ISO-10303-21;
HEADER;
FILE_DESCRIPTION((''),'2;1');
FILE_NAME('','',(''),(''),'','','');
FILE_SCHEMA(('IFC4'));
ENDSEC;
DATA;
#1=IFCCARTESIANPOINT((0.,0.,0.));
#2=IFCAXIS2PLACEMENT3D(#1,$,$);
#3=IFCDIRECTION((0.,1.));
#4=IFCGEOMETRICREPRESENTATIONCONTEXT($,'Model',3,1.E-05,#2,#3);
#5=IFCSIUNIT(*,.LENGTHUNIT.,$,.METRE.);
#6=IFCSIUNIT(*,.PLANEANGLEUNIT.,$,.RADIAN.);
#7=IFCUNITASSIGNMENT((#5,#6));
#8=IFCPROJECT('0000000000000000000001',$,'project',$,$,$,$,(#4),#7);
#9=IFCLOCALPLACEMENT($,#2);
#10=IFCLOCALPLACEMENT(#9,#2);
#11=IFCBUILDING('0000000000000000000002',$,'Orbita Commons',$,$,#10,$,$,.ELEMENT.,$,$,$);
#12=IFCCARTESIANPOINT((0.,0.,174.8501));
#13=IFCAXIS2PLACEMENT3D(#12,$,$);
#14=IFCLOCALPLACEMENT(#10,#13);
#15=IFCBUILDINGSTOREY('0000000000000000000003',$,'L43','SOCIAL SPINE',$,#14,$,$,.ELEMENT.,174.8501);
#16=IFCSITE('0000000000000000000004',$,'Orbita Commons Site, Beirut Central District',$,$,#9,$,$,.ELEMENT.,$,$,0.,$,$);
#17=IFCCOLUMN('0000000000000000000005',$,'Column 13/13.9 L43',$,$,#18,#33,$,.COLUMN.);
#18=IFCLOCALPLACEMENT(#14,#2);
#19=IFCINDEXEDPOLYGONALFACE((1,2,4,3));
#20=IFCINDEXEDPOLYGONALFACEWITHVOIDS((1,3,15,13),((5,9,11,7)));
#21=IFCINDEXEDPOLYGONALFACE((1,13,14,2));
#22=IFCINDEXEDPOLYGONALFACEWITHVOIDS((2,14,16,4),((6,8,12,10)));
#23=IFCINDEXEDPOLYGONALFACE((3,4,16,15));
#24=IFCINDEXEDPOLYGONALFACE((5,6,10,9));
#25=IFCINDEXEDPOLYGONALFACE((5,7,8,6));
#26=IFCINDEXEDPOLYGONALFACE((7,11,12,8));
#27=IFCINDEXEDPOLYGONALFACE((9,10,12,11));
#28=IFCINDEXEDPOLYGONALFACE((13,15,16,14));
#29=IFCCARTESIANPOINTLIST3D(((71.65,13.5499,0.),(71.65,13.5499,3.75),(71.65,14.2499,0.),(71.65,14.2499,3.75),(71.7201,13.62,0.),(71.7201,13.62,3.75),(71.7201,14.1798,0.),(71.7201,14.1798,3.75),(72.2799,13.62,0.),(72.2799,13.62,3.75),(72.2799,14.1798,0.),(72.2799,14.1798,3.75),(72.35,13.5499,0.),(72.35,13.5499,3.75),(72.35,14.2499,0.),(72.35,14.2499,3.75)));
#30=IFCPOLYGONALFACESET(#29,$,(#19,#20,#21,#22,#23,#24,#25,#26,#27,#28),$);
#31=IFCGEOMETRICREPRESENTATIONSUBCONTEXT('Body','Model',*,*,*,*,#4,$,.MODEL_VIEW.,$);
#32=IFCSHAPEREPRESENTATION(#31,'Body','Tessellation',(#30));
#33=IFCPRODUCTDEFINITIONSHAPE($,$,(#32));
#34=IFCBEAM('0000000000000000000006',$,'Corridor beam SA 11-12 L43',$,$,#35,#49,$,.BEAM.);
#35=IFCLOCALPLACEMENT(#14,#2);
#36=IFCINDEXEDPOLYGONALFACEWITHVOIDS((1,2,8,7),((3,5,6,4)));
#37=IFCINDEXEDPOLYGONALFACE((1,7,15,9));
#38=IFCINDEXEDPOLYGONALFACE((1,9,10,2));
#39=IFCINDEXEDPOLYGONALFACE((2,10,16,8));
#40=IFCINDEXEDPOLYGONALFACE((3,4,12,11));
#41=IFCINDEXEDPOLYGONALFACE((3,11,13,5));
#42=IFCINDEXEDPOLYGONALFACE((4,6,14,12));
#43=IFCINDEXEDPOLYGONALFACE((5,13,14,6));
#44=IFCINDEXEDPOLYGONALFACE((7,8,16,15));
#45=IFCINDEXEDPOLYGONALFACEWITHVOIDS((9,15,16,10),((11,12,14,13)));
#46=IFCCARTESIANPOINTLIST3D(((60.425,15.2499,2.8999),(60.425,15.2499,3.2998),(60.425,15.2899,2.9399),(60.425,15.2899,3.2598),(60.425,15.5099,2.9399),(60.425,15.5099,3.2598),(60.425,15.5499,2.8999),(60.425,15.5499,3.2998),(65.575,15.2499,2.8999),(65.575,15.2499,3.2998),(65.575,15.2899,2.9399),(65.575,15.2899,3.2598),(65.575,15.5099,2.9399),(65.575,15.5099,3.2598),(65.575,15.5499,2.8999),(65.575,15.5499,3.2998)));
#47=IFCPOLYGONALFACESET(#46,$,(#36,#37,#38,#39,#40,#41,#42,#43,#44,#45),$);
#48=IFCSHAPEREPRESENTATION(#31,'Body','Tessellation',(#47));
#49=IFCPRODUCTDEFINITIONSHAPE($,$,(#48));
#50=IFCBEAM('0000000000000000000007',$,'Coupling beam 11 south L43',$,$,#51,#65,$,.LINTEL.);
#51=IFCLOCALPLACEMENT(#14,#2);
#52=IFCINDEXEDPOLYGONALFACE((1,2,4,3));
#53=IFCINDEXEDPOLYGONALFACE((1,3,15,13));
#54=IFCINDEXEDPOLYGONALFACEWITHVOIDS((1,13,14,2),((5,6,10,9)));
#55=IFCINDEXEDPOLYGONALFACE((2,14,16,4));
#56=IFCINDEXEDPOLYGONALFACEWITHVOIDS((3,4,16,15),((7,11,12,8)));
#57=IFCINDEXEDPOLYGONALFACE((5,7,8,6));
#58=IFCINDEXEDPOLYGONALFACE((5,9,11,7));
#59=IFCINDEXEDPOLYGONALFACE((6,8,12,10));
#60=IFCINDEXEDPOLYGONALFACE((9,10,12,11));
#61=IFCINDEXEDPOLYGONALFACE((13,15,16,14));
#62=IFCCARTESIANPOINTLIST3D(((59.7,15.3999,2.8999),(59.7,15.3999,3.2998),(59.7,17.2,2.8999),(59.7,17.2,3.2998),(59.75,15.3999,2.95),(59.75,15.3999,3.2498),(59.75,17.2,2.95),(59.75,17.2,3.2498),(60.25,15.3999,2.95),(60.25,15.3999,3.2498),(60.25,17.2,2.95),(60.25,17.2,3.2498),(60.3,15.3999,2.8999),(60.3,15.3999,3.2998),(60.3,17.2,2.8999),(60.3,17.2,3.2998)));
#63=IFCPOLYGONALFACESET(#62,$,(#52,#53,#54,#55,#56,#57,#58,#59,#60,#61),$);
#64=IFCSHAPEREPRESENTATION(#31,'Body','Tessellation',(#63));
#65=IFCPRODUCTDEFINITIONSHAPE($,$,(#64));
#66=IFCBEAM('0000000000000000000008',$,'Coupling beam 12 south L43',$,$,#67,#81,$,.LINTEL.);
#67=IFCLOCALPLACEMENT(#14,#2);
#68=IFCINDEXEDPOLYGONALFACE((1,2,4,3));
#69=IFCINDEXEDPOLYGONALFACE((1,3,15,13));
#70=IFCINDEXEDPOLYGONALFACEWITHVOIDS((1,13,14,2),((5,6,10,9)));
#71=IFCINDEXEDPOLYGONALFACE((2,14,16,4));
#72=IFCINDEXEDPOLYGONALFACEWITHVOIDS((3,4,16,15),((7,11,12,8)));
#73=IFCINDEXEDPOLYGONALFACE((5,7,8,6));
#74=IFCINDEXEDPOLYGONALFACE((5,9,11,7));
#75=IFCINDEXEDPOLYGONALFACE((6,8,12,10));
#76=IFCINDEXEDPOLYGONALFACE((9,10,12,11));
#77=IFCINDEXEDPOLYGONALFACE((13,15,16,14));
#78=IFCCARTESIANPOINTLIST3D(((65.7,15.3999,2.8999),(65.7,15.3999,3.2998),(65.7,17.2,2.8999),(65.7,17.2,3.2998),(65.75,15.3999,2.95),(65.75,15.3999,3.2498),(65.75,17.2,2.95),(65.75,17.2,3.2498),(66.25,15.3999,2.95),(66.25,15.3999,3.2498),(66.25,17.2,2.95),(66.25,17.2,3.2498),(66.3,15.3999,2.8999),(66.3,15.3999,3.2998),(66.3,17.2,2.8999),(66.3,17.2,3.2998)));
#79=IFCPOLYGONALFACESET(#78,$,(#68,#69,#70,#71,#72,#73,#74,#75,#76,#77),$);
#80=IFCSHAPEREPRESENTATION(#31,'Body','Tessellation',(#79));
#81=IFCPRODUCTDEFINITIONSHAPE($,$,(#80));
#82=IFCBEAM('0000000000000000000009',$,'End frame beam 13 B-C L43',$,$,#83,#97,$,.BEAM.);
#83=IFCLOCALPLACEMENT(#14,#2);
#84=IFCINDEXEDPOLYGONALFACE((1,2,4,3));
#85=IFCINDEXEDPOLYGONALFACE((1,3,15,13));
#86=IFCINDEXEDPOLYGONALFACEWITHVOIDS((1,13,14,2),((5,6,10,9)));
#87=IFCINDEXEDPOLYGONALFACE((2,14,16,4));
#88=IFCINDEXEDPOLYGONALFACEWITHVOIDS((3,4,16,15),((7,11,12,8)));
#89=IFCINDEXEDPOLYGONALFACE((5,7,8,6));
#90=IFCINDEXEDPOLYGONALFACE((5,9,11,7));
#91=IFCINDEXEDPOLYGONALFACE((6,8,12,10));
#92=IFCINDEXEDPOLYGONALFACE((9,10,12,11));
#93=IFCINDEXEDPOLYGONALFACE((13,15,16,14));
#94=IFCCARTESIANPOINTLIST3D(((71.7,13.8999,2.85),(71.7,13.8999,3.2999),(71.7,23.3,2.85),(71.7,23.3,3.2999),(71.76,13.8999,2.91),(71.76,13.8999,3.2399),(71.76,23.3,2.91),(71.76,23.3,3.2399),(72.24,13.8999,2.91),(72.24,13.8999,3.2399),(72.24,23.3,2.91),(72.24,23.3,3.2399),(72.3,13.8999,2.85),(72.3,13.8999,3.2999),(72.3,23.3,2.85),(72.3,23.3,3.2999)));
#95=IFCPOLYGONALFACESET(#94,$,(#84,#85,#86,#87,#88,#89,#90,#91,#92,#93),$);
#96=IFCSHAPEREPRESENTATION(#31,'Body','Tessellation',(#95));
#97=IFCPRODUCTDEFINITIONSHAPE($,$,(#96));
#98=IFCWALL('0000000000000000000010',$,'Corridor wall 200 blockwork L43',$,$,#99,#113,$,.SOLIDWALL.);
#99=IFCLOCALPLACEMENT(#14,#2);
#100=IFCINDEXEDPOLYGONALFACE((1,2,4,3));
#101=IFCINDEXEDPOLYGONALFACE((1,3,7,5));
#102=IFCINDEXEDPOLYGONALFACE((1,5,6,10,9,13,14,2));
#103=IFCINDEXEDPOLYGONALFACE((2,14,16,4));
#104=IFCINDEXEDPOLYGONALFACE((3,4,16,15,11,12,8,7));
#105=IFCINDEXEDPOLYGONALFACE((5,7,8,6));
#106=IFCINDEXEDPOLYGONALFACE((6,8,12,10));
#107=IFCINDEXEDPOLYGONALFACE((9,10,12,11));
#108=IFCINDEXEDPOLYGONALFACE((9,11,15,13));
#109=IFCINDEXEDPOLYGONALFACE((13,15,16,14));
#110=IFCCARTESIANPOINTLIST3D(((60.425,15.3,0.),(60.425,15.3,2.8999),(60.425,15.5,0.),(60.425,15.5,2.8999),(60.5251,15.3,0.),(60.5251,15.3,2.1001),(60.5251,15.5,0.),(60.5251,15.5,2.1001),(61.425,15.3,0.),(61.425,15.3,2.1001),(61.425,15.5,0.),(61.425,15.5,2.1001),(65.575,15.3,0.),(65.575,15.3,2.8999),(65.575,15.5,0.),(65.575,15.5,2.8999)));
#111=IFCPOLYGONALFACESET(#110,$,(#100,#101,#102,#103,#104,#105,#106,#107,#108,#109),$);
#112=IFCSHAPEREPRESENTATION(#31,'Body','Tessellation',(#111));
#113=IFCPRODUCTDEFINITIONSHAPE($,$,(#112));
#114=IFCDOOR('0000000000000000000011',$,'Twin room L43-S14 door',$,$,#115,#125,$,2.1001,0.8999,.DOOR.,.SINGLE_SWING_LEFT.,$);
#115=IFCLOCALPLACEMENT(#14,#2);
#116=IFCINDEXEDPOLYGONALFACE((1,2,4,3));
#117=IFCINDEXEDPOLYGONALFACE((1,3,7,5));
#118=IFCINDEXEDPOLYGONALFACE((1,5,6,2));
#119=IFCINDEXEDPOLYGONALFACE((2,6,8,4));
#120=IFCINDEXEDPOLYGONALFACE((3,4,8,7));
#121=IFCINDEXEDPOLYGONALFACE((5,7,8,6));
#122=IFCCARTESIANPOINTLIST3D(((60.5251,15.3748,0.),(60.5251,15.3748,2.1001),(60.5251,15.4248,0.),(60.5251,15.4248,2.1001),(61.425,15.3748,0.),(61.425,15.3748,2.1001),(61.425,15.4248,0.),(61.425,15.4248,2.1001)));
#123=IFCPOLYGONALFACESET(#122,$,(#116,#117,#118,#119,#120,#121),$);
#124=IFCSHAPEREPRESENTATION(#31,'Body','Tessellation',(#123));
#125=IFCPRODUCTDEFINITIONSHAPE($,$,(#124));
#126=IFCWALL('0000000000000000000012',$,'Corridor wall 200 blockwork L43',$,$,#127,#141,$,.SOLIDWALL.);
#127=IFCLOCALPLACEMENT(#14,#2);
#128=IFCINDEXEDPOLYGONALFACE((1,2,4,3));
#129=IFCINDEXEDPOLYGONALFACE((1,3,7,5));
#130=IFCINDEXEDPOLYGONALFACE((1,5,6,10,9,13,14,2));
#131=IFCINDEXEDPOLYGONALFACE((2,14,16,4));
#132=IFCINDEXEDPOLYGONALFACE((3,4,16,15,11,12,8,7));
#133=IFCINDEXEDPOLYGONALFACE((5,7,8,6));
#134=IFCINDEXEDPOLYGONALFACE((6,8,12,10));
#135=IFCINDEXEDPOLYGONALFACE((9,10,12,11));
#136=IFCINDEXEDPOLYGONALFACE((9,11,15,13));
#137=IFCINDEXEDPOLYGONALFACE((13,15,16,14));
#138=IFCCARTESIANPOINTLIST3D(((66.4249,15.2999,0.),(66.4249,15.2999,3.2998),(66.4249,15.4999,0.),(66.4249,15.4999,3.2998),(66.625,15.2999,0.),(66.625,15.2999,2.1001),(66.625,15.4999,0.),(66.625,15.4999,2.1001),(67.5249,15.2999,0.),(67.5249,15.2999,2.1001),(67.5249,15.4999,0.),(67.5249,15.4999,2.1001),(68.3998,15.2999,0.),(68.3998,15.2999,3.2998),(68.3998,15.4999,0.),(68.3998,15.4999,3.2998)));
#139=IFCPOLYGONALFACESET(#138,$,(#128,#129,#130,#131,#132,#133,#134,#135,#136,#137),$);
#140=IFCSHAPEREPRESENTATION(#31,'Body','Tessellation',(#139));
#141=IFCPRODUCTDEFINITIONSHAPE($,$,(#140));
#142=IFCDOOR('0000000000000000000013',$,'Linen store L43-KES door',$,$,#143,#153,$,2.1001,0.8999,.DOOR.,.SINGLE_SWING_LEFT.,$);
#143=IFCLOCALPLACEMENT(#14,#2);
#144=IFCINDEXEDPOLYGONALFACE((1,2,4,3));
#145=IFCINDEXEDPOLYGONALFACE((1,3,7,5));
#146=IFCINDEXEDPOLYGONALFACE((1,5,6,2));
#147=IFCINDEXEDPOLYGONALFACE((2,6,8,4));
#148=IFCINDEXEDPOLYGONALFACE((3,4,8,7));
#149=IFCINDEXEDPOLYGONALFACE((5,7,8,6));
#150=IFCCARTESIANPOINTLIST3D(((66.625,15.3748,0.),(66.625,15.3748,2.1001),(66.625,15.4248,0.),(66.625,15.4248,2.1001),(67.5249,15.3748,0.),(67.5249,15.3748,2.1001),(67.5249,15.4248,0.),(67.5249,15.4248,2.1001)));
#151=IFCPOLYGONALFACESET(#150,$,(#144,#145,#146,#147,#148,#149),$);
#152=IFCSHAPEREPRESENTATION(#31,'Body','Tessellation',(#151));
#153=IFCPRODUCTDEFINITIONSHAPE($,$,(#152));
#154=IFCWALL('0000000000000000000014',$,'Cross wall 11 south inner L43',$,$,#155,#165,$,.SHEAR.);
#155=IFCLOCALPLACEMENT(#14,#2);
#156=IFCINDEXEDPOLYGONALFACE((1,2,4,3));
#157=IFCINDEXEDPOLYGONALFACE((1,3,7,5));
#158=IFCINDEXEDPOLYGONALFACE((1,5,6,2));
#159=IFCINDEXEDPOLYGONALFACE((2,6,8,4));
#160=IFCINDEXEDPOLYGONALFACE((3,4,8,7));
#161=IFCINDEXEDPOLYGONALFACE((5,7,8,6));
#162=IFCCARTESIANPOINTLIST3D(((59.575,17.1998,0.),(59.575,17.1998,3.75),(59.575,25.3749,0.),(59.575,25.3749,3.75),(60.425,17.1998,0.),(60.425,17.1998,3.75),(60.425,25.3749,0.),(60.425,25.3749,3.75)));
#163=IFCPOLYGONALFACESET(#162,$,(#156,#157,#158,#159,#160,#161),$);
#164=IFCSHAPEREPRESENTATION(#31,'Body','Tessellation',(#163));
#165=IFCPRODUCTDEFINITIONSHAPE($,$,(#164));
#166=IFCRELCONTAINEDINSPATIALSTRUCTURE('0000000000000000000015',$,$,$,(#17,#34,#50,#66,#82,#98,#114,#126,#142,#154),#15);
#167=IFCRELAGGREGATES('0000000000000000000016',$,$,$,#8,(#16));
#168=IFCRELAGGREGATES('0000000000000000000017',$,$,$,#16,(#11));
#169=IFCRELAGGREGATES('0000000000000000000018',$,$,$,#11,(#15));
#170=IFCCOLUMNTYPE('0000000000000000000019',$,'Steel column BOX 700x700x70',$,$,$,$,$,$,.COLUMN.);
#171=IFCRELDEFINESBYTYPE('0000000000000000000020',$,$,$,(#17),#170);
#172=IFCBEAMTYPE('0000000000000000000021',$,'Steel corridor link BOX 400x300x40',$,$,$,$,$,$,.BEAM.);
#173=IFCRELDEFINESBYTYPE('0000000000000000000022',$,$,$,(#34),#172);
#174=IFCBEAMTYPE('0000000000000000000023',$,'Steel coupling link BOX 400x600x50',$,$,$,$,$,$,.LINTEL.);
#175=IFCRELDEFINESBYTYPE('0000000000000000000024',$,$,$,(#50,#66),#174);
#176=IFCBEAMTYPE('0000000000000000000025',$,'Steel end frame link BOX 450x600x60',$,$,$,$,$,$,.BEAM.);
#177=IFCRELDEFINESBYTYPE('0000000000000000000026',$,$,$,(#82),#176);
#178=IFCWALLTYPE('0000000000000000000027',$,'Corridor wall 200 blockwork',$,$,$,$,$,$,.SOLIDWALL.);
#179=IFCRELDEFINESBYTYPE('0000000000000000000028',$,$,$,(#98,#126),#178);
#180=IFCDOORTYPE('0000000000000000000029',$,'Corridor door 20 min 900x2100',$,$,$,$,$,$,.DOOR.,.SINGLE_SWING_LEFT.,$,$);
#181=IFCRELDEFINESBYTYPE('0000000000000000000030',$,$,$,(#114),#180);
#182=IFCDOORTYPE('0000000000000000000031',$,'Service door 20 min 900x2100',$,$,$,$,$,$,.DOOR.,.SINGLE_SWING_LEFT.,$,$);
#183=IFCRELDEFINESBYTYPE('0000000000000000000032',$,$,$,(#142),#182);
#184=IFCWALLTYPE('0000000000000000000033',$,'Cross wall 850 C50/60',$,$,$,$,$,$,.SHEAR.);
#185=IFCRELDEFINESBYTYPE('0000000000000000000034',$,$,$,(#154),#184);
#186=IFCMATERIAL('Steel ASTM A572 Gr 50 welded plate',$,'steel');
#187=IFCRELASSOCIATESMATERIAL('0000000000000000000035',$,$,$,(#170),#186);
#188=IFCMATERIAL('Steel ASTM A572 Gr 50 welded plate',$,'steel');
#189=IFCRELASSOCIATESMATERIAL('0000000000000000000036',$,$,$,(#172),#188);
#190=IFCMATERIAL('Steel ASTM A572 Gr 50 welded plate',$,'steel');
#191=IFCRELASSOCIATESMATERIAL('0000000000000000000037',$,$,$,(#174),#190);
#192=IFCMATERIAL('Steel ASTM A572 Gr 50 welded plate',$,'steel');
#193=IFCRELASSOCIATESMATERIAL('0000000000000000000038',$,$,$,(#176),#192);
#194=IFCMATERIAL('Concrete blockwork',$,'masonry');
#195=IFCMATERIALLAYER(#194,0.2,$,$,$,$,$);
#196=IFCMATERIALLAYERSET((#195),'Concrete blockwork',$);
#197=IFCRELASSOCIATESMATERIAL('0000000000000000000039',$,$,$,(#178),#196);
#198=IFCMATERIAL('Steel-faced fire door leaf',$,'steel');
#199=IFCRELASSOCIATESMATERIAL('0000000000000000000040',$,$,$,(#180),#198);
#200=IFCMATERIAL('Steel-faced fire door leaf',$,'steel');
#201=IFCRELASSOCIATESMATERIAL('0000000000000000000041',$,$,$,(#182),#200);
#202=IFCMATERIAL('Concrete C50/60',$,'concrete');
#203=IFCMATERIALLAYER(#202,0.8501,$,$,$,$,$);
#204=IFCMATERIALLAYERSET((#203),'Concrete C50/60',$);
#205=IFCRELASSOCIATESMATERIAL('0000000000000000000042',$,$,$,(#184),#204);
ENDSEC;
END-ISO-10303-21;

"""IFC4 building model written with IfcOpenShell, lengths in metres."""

from ifc_helpers import new_model, si_unit, direction, frame, frame_2d, origin, origin_2d, place, context, subcontext, project, spatial, polyline, rectangle, hollow_rectangle, outline, extrude, material, layer, layer_set, material_profile, profile_set, type_object, element, fill, save


model = new_model("IFC4")

# Units and contexts
model_context = context("Model", 3, precision=1e-05, world=origin(), true_north=direction((0.0, 1.0)))
body_context = subcontext(model_context, "Body", "Model", "MODEL_VIEW")
ifc_project = project(units=[si_unit("LENGTHUNIT", "METRE"), si_unit("PLANEANGLEUNIT", "RADIAN")], contexts=[model_context])

# Site, building, storey
site_placement = place(None, origin())
site = spatial("IfcSite", under=ifc_project, at=site_placement, Name="Orbita Commons Site, Beirut Central District", CompositionType="ELEMENT", RefElevation=0.0)
building_placement = place(site_placement, origin())
building = spatial("IfcBuilding", under=site, at=building_placement, Name="Orbita Commons", CompositionType="ELEMENT")
storey_placement = place(building_placement, frame((0.0, 0.0, 174.8501)))
storey = spatial("IfcBuildingStorey", under=building, at=storey_placement, Name="L43", Description="SOCIAL SPINE", CompositionType="ELEMENT", Elevation=174.8501)

# Column
ifc_material_1 = material(Name="Steel ASTM A572 Gr 50 welded plate", Category="steel")
ifc_material_profile_1 = material_profile(ifc_material_1, hollow_rectangle(XDim=0.7, YDim=0.7, WallThickness=0.0701, at=origin_2d()), Name="BOX 700x700x70")
ifc_profile_set_1 = profile_set([ifc_material_profile_1], Name="Steel ASTM A572 Gr 50 welded plate")
column_type = type_object("IfcColumnType", Name="Steel column BOX 700x700x70", PredefinedType="COLUMN", material=ifc_profile_set_1)
column_placement = place(storey_placement, frame((72.0, 13.8999, 0.0), z_axis=(0.0, 0.0, 1.0), x_axis=(1.0, 0.0, 0.0)))
element("IfcColumn", 1, at=column_placement, inside=storey, type_object=column_type, Name="Column 13/13.9 L43", PredefinedType="COLUMN", context=body_context, shape_type="SweptSolid", body=[
    extrude(hollow_rectangle(XDim=0.7, YDim=0.7, WallThickness=0.0701, at=origin_2d()), origin(), (0.0, 0.0, 1.0), 3.75),
])

# Beams
ifc_material_2 = material(Name="Steel ASTM A572 Gr 50 welded plate", Category="steel")
ifc_material_profile_2 = material_profile(ifc_material_2, hollow_rectangle(XDim=0.3, YDim=0.3999, WallThickness=0.04, at=origin_2d()), Name="BOX 400x300x40")
ifc_profile_set_2 = profile_set([ifc_material_profile_2], Name="Steel ASTM A572 Gr 50 welded plate")
beam_type_1 = type_object("IfcBeamType", Name="Steel corridor link BOX 400x300x40", PredefinedType="BEAM", material=ifc_profile_set_2)
beam_1_placement = place(storey_placement, frame((60.425, 15.3999, 3.0999), z_axis=(1.0, 0.0, 0.0), x_axis=(0.0, 1.0, 0.0)))
element("IfcBeam", 2, at=beam_1_placement, inside=storey, type_object=beam_type_1, Name="Corridor beam SA 11-12 L43", PredefinedType="BEAM", context=body_context, shape_type="SweptSolid", body=[
    extrude(hollow_rectangle(XDim=0.3, YDim=0.3999, WallThickness=0.04, at=origin_2d()), origin(), (0.0, 0.0, 1.0), 5.1499),
])
ifc_material_3 = material(Name="Steel ASTM A572 Gr 50 welded plate", Category="steel")
ifc_material_profile_3 = material_profile(ifc_material_3, hollow_rectangle(XDim=0.6001, YDim=0.3999, WallThickness=0.05, at=origin_2d()), Name="BOX 400x600x50")
ifc_profile_set_3 = profile_set([ifc_material_profile_3], Name="Steel ASTM A572 Gr 50 welded plate")
beam_type_2 = type_object("IfcBeamType", Name="Steel coupling link BOX 400x600x50", PredefinedType="LINTEL", material=ifc_profile_set_3)
for number, where, z_axis, x_axis, name in (
    (3, (60.0, 15.3999, 3.0999), (0.0, 1.0, 0.0), (-1.0, 0.0, 0.0), "Coupling beam 11 south L43"),
    (4, (66.0, 15.3999, 3.0999), (0.0, 1.0, 0.0), (-1.0, 0.0, 0.0), "Coupling beam 12 south L43"),
):
    element("IfcBeam", number, at=place(storey_placement, frame(where, z_axis=z_axis, x_axis=x_axis)), inside=storey, type_object=beam_type_2, Name=name, PredefinedType="LINTEL", context=body_context, shape_type="SweptSolid", body=[
        extrude(hollow_rectangle(XDim=0.6001, YDim=0.3999, WallThickness=0.05, at=origin_2d()), origin(), (0.0, 0.0, 1.0), 1.8),
    ])
ifc_material_4 = material(Name="Steel ASTM A572 Gr 50 welded plate", Category="steel")
ifc_material_profile_4 = material_profile(ifc_material_4, hollow_rectangle(XDim=0.6001, YDim=0.45, WallThickness=0.0601, at=origin_2d()), Name="BOX 450x600x60")
ifc_profile_set_4 = profile_set([ifc_material_profile_4], Name="Steel ASTM A572 Gr 50 welded plate")
beam_type_3 = type_object("IfcBeamType", Name="Steel end frame link BOX 450x600x60", PredefinedType="BEAM", material=ifc_profile_set_4)
beam_2_placement = place(storey_placement, frame((72.0, 13.8999, 3.075), z_axis=(0.0, 1.0, 0.0), x_axis=(-1.0, 0.0, 0.0)))
element("IfcBeam", 5, at=beam_2_placement, inside=storey, type_object=beam_type_3, Name="End frame beam 13 B-C L43", PredefinedType="BEAM", context=body_context, shape_type="SweptSolid", body=[
    extrude(hollow_rectangle(XDim=0.6001, YDim=0.45, WallThickness=0.0601, at=origin_2d()), origin(), (0.0, 0.0, 1.0), 9.4001),
])

# Walls, openings, doors
ifc_material_5 = material(Name="Concrete blockwork", Category="masonry")
ifc_layer_1 = layer(ifc_material_5, 0.2)
ifc_layer_set_1 = layer_set([ifc_layer_1], Name="Concrete blockwork")
wall_type_1 = type_object("IfcWallType", Name="Corridor wall 200 blockwork", PredefinedType="SOLIDWALL", material=ifc_layer_set_1)
wall_1_placement = place(storey_placement, frame((60.425, 15.3999, 0.0), z_axis=(0.0, 0.0, 1.0), x_axis=(1.0, 0.0, 0.0)))
wall_1 = element("IfcWall", 6, at=wall_1_placement, inside=storey, type_object=wall_type_1, Name="Corridor wall 200 blockwork L43", PredefinedType="SOLIDWALL", context=body_context, shape_type="SweptSolid", body=[
    extrude(outline(polyline([(0.0, 0.0), (5.1499, 0.0), (5.1499, 2.8999), (0.0, 2.8999), (0.0, 0.0)])), frame((0.0, 0.1001, 0.0), z_axis=(0.0, -1.0, 0.0), x_axis=(1.0, 0.0, 0.0)), (0.0, 0.0, 1.0), 0.2),
])
opening_1_placement = place(wall_1_placement, frame((0.1001, 0.0, 0.0)))
opening_1 = element("IfcOpeningElement", 7, at=opening_1_placement, cuts=wall_1, PredefinedType="OPENING", context=body_context, shape_type="SweptSolid", body=[
    extrude(rectangle(XDim=0.8999, YDim=2.1001, at=frame_2d((0.45, 1.05))), frame((0.0, 0.1099, 0.0), z_axis=(0.0, -1.0, 0.0), x_axis=(1.0, 0.0, 0.0)), (0.0, 0.0, 1.0), 0.22),
])
ifc_material_6 = material(Name="Steel-faced fire door leaf", Category="steel")
door_type_1 = type_object("IfcDoorType", Name="Corridor door 20 min 900x2100", OperationType="SINGLE_SWING_LEFT", PredefinedType="DOOR", material=ifc_material_6)
door_1_placement = place(opening_1_placement, origin())
door_1 = element("IfcDoor", 8, at=door_1_placement, inside=storey, type_object=door_type_1, Name="Twin room L43-S14 door", OperationType="SINGLE_SWING_LEFT", OverallHeight=2.1001, OverallWidth=0.8999, PredefinedType="DOOR", context=body_context, shape_type="SweptSolid", body=[
    extrude(rectangle(XDim=0.8999, YDim=2.1001, at=frame_2d((0.45, 1.05))), frame((0.0, 0.0249, 0.0), z_axis=(0.0, -1.0, 0.0), x_axis=(1.0, 0.0, 0.0)), (0.0, 0.0, 1.0), 0.05),
])
fill(opening_1, door_1)
wall_2_placement = place(storey_placement, frame((66.425, 15.3999, 0.0), z_axis=(0.0, 0.0, 1.0), x_axis=(1.0, 0.0, 0.0)))
wall_2 = element("IfcWall", 9, at=wall_2_placement, inside=storey, type_object=wall_type_1, Name="Corridor wall 200 blockwork L43", PredefinedType="SOLIDWALL", context=body_context, shape_type="SweptSolid", body=[
    extrude(rectangle(XDim=1.9749, YDim=0.2, at=frame_2d((0.9873, 0.0))), origin(), (0.0, 0.0, 1.0), 3.2998),
])
opening_2_placement = place(wall_2_placement, frame((0.2, 0.0, 0.0)))
opening_2 = element("IfcOpeningElement", 10, at=opening_2_placement, cuts=wall_2, PredefinedType="OPENING", context=body_context, shape_type="SweptSolid", body=[
    extrude(rectangle(XDim=0.8999, YDim=2.1001, at=frame_2d((0.45, 1.05))), frame((0.0, 0.1099, 0.0), z_axis=(0.0, -1.0, 0.0), x_axis=(1.0, 0.0, 0.0)), (0.0, 0.0, 1.0), 0.22),
])
ifc_material_7 = material(Name="Steel-faced fire door leaf", Category="steel")
door_type_2 = type_object("IfcDoorType", Name="Service door 20 min 900x2100", OperationType="SINGLE_SWING_LEFT", PredefinedType="DOOR", material=ifc_material_7)
door_2_placement = place(opening_2_placement, origin())
door_2 = element("IfcDoor", 11, at=door_2_placement, inside=storey, type_object=door_type_2, Name="Linen store L43-KES door", OperationType="SINGLE_SWING_LEFT", OverallHeight=2.1001, OverallWidth=0.8999, PredefinedType="DOOR", context=body_context, shape_type="SweptSolid", body=[
    extrude(rectangle(XDim=0.8999, YDim=2.1001, at=frame_2d((0.45, 1.05))), frame((0.0, 0.0249, 0.0), z_axis=(0.0, -1.0, 0.0), x_axis=(1.0, 0.0, 0.0)), (0.0, 0.0, 1.0), 0.05),
])
fill(opening_2, door_2)

# Wall
ifc_material_8 = material(Name="Concrete C50/60", Category="concrete")
ifc_layer_2 = layer(ifc_material_8, 0.8501)
ifc_layer_set_2 = layer_set([ifc_layer_2], Name="Concrete C50/60")
wall_type_2 = type_object("IfcWallType", Name="Cross wall 850 C50/60", PredefinedType="SHEAR", material=ifc_layer_set_2)
wall_3_placement = place(storey_placement, frame((60.0, 17.2, 0.0), z_axis=(0.0, 0.0, 1.0), x_axis=(0.0, 1.0, 0.0)))
element("IfcWall", 12, at=wall_3_placement, inside=storey, type_object=wall_type_2, Name="Cross wall 11 south inner L43", PredefinedType="SHEAR", context=body_context, shape_type="SweptSolid", body=[
    extrude(rectangle(XDim=8.175, YDim=0.8501, at=frame_2d((4.0874, 0.0))), origin(), (0.0, 0.0, 1.0), 3.75),
])

save(model, "model.ifc")
